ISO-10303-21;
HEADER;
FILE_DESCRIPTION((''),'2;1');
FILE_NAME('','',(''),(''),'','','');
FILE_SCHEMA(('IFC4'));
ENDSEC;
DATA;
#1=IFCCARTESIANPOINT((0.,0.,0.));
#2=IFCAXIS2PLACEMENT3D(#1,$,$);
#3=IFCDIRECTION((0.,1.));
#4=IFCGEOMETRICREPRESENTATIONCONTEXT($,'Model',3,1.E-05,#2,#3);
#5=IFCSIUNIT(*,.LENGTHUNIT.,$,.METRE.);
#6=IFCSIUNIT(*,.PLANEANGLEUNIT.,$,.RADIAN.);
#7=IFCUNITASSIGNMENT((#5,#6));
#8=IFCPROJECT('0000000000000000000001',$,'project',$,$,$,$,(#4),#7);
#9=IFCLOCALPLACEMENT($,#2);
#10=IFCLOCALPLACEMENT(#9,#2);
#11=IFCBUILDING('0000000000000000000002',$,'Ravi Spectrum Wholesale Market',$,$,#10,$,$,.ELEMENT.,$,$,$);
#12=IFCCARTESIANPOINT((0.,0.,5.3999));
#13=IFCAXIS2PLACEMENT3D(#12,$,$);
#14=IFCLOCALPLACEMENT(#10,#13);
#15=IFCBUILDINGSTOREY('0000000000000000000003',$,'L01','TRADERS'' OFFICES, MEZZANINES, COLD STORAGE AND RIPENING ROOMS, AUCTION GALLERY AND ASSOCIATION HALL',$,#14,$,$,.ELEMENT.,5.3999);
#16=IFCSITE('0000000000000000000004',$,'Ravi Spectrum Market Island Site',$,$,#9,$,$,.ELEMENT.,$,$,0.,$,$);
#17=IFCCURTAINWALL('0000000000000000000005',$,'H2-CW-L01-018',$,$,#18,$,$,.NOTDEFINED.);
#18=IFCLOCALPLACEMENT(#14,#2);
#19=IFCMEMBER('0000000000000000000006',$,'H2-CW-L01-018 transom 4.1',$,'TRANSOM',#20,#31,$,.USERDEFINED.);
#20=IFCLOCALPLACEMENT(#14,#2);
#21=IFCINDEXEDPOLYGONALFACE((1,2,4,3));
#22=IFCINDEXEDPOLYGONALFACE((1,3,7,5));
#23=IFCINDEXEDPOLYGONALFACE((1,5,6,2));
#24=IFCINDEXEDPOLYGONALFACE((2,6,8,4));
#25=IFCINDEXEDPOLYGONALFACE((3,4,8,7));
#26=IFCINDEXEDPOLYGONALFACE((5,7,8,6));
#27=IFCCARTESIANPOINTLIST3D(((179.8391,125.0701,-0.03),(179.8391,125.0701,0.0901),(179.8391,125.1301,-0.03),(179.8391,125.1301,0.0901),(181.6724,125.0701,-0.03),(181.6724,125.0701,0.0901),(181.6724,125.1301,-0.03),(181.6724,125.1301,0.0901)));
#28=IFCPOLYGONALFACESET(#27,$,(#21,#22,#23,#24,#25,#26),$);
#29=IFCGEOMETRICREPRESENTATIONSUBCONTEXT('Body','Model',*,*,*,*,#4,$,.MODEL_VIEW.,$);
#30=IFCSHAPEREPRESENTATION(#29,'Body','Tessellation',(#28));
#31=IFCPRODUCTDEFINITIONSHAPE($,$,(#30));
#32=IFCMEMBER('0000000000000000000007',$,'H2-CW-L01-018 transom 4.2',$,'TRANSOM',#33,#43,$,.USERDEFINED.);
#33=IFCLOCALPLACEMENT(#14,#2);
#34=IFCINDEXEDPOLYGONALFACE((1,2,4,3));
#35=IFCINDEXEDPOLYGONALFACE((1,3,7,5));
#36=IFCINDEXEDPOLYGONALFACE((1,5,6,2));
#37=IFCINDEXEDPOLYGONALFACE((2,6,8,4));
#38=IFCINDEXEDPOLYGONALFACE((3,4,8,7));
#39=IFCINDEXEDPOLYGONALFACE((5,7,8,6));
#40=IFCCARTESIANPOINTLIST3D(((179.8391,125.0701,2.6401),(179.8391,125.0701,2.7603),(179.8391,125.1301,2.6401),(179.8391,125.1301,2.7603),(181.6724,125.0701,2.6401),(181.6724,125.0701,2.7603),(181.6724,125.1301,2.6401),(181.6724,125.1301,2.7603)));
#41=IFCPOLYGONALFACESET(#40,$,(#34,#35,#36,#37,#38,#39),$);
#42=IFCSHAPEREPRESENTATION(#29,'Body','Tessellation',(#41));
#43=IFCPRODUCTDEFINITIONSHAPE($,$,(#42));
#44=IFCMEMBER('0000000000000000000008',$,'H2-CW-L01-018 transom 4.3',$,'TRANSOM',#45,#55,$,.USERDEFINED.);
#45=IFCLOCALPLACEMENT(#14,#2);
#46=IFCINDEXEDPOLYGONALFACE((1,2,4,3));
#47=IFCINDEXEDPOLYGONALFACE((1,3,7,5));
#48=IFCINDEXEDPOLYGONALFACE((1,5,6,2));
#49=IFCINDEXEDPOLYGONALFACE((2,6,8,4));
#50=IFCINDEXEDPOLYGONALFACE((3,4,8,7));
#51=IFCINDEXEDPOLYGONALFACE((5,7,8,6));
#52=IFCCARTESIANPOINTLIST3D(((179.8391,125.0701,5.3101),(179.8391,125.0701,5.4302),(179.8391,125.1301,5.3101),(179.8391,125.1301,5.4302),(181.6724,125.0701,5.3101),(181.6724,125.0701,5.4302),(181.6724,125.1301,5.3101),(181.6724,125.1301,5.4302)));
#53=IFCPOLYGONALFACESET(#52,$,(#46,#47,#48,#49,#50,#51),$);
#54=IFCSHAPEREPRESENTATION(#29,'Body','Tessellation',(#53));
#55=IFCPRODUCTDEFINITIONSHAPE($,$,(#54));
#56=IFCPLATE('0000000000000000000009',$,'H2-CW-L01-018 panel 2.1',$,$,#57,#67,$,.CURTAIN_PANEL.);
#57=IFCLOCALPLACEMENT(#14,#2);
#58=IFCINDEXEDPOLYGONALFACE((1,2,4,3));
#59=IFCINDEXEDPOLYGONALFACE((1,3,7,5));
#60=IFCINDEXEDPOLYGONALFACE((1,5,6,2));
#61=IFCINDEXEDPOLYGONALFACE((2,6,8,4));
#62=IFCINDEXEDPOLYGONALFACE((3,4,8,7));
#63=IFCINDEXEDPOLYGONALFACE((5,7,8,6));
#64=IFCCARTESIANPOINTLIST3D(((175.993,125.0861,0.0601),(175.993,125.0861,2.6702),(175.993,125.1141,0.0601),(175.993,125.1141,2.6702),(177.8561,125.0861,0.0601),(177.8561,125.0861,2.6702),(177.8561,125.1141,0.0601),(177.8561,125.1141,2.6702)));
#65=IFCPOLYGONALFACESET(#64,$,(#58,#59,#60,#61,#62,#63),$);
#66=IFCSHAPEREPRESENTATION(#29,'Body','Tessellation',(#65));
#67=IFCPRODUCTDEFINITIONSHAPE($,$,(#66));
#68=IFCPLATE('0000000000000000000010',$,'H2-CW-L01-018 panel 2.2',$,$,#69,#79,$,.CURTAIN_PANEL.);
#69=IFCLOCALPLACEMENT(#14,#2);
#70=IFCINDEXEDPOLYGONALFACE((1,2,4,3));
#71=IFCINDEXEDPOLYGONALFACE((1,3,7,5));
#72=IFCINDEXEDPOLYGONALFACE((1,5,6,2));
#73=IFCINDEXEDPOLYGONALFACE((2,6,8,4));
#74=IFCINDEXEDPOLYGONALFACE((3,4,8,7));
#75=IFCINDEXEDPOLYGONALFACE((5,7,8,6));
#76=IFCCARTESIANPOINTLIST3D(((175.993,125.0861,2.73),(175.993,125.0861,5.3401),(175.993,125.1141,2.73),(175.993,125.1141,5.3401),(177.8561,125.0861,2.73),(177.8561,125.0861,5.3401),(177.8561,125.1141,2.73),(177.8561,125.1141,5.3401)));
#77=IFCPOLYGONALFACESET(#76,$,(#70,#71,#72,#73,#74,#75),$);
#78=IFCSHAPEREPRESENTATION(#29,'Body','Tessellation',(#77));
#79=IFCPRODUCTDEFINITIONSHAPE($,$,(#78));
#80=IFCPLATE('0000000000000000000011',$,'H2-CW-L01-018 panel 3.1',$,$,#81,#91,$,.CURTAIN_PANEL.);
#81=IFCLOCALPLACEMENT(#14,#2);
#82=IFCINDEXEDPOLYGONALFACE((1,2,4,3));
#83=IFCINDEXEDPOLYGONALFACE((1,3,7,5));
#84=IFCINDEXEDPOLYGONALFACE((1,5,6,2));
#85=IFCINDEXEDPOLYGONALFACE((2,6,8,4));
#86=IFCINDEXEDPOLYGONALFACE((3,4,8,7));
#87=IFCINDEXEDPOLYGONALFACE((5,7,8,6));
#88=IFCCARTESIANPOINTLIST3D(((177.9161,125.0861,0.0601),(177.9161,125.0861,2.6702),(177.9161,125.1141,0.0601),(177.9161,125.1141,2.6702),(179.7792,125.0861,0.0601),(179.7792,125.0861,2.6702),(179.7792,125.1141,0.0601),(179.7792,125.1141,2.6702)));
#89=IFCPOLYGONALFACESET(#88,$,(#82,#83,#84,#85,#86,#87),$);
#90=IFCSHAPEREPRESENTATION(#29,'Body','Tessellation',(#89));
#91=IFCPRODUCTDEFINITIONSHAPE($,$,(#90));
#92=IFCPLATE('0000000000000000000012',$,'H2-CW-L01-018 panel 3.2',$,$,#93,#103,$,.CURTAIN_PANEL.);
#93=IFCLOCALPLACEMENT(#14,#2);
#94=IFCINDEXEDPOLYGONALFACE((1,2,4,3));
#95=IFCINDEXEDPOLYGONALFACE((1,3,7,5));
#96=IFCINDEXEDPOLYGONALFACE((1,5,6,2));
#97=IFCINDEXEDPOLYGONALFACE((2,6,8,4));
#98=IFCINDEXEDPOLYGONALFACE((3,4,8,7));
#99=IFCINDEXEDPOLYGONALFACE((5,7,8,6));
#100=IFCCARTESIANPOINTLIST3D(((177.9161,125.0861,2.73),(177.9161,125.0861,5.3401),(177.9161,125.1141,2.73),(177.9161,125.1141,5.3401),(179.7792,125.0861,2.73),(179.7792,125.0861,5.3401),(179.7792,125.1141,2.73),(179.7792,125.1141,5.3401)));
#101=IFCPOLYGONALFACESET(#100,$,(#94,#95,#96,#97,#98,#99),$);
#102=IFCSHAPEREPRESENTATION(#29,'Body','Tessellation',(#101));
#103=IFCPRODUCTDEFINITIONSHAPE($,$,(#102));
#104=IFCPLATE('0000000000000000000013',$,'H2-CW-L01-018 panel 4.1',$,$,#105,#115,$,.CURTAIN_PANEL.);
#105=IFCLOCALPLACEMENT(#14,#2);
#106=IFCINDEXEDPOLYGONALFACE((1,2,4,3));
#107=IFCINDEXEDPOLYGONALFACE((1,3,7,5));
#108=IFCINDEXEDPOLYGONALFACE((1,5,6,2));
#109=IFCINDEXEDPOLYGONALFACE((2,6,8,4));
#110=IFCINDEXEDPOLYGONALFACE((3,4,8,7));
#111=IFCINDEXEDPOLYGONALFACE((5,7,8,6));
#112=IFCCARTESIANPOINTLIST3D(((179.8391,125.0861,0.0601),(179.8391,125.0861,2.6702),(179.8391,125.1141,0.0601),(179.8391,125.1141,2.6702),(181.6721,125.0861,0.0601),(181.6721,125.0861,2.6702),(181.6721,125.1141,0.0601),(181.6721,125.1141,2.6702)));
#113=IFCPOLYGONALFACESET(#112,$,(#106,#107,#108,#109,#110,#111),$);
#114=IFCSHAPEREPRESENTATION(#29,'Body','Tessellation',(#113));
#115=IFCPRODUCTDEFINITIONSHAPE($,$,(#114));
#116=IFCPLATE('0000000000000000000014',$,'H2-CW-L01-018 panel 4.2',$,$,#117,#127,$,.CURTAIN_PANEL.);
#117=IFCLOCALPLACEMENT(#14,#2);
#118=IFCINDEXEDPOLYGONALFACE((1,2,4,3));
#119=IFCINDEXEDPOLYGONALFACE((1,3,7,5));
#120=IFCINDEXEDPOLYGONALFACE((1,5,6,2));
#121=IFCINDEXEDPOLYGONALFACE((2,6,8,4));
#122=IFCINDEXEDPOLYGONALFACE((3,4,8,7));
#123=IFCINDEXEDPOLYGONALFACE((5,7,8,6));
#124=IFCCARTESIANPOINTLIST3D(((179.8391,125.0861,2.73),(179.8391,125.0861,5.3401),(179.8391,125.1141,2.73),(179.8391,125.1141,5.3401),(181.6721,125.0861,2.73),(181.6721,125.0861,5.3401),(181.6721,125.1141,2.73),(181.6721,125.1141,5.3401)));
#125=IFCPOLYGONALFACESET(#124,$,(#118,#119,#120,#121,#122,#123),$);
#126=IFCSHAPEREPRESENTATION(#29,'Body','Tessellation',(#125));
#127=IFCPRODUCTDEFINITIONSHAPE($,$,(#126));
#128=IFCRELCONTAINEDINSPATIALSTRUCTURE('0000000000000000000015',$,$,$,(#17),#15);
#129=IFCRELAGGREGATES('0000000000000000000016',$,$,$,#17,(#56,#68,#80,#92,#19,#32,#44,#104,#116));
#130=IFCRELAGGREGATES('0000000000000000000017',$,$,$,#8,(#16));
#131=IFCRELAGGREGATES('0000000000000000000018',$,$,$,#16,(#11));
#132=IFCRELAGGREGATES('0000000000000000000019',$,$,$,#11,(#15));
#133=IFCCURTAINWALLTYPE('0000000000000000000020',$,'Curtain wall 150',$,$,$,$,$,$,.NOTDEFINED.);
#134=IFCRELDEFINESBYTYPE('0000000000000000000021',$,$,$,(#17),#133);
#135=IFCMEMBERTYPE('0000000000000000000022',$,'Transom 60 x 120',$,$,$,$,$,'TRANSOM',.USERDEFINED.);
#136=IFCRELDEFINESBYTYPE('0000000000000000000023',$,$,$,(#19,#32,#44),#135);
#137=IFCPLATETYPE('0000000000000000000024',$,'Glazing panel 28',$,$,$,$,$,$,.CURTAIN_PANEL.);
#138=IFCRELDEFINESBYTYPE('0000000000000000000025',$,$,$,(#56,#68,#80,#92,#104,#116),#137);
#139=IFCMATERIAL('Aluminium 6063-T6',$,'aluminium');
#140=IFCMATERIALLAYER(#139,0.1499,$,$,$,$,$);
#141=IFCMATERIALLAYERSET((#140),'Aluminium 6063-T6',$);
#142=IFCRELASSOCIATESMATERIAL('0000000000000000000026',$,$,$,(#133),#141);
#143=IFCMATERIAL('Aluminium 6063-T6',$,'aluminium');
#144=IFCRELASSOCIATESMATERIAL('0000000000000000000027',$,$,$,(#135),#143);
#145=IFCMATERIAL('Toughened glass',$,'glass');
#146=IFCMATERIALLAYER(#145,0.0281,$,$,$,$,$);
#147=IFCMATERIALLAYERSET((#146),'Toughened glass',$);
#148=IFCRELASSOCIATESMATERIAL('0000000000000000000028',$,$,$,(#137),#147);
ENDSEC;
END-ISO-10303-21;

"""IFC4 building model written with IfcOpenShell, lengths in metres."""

from ifc_helpers import new_model, si_unit, direction, frame, origin, origin_2d, place, context, subcontext, project, spatial, rectangle, extrude, material, layer, layer_set, material_profile, profile_set, type_object, element, aggregate, save


model = new_model("IFC4")

# Units and contexts
model_context = context("Model", 3, precision=1e-05, world=origin(), true_north=direction((0.0, 1.0)))
body_context = subcontext(model_context, "Body", "Model", "MODEL_VIEW")
ifc_project = project(units=[si_unit("LENGTHUNIT", "METRE"), si_unit("PLANEANGLEUNIT", "RADIAN")], contexts=[model_context])

# Site, building, storey
site_placement = place(None, origin())
site = spatial("IfcSite", under=ifc_project, at=site_placement, Name="Ravi Spectrum Market Island Site", CompositionType="ELEMENT", RefElevation=0.0)
building_placement = place(site_placement, origin())
building = spatial("IfcBuilding", under=site, at=building_placement, Name="Ravi Spectrum Wholesale Market", CompositionType="ELEMENT")
storey_placement = place(building_placement, frame((0.0, 0.0, 5.3999)))
storey = spatial("IfcBuildingStorey", under=building, at=storey_placement, Name="L01", Description="TRADERS' OFFICES, MEZZANINES, COLD STORAGE AND RIPENING ROOMS, AUCTION GALLERY AND ASSOCIATION HALL", CompositionType="ELEMENT", Elevation=5.3999)

# Curtain wall
ifc_material_1 = material(Name="Aluminium 6063-T6", Category="aluminium")
ifc_layer_1 = layer(ifc_material_1, 0.1499)
ifc_layer_set_1 = layer_set([ifc_layer_1], Name="Aluminium 6063-T6")
curtain_wall_type = type_object("IfcCurtainWallType", Name="Curtain wall 150", PredefinedType="NOTDEFINED", material=ifc_layer_set_1)
curtain_wall_1_placement = place(storey_placement, origin())
curtain_wall_1 = element("IfcCurtainWall", 1, at=curtain_wall_1_placement, inside=storey, type_object=curtain_wall_type, Name="H2-CW-L01-018", PredefinedType="NOTDEFINED")

# Members
ifc_material_2 = material(Name="Aluminium 6063-T6", Category="aluminium")
ifc_material_profile_1 = material_profile(ifc_material_2, rectangle(XDim=0.0601, YDim=0.1201, at=origin_2d()))
ifc_profile_set_1 = profile_set([ifc_material_profile_1], Name="Aluminium 6063-T6")
member_type_1 = type_object("IfcMemberType", Name="Transom 60 x 120", ElementType="TRANSOM", PredefinedType="USERDEFINED", material=ifc_profile_set_1)
member_1_placement = place(storey_placement, frame((179.8391, 125.1001, 0.03), z_axis=(1.0, 0.0, 0.0), x_axis=(0.0, 1.0, 0.0)))
member_1 = element("IfcMember", 2, at=member_1_placement, type_object=member_type_1, Name="H2-CW-L01-018 transom 4.1", ObjectType="TRANSOM", PredefinedType="USERDEFINED", context=body_context, shape_type="SweptSolid", body=[
    extrude(rectangle(XDim=0.0601, YDim=0.1201, at=origin_2d()), origin(), (0.0, 0.0, 1.0), 1.8333),
])
member_2_placement = place(storey_placement, frame((179.8391, 125.1001, 2.7002), z_axis=(1.0, 0.0, 0.0), x_axis=(0.0, 1.0, 0.0)))
member_2 = element("IfcMember", 3, at=member_2_placement, type_object=member_type_1, Name="H2-CW-L01-018 transom 4.2", ObjectType="TRANSOM", PredefinedType="USERDEFINED", context=body_context, shape_type="SweptSolid", body=[
    extrude(rectangle(XDim=0.0601, YDim=0.1201, at=origin_2d()), origin(), (0.0, 0.0, 1.0), 1.8333),
])
member_3_placement = place(storey_placement, frame((179.8391, 125.1001, 5.3701), z_axis=(1.0, 0.0, 0.0), x_axis=(0.0, 1.0, 0.0)))
member_3 = element("IfcMember", 4, at=member_3_placement, type_object=member_type_1, Name="H2-CW-L01-018 transom 4.3", ObjectType="TRANSOM", PredefinedType="USERDEFINED", context=body_context, shape_type="SweptSolid", body=[
    extrude(rectangle(XDim=0.0601, YDim=0.1201, at=origin_2d()), origin(), (0.0, 0.0, 1.0), 1.8333),
])

# Plates
ifc_material_3 = material(Name="Toughened glass", Category="glass")
ifc_layer_2 = layer(ifc_material_3, 0.0281)
ifc_layer_set_2 = layer_set([ifc_layer_2], Name="Toughened glass")
plate_type = type_object("IfcPlateType", Name="Glazing panel 28", PredefinedType="CURTAIN_PANEL", material=ifc_layer_set_2)
plate_1_placement = place(storey_placement, frame((176.9246, 125.1001, 0.0601), z_axis=(0.0, 0.0, 1.0), x_axis=(1.0, 0.0, 0.0)))
plate_1 = element("IfcPlate", 5, at=plate_1_placement, type_object=plate_type, Name="H2-CW-L01-018 panel 2.1", PredefinedType="CURTAIN_PANEL", context=body_context, shape_type="SweptSolid", body=[
    extrude(rectangle(XDim=1.863, YDim=0.0281, at=origin_2d()), origin(), (0.0, 0.0, 1.0), 2.6101),
])
plate_2_placement = place(storey_placement, frame((176.9246, 125.1001, 2.73), z_axis=(0.0, 0.0, 1.0), x_axis=(1.0, 0.0, 0.0)))
plate_2 = element("IfcPlate", 6, at=plate_2_placement, type_object=plate_type, Name="H2-CW-L01-018 panel 2.2", PredefinedType="CURTAIN_PANEL", context=body_context, shape_type="SweptSolid", body=[
    extrude(rectangle(XDim=1.863, YDim=0.0281, at=origin_2d()), origin(), (0.0, 0.0, 1.0), 2.6101),
])
plate_3_placement = place(storey_placement, frame((178.8477, 125.1001, 0.0601), z_axis=(0.0, 0.0, 1.0), x_axis=(1.0, 0.0, 0.0)))
plate_3 = element("IfcPlate", 7, at=plate_3_placement, type_object=plate_type, Name="H2-CW-L01-018 panel 3.1", PredefinedType="CURTAIN_PANEL", context=body_context, shape_type="SweptSolid", body=[
    extrude(rectangle(XDim=1.863, YDim=0.0281, at=origin_2d()), origin(), (0.0, 0.0, 1.0), 2.6101),
])
plate_4_placement = place(storey_placement, frame((178.8477, 125.1001, 2.73), z_axis=(0.0, 0.0, 1.0), x_axis=(1.0, 0.0, 0.0)))
plate_4 = element("IfcPlate", 8, at=plate_4_placement, type_object=plate_type, Name="H2-CW-L01-018 panel 3.2", PredefinedType="CURTAIN_PANEL", context=body_context, shape_type="SweptSolid", body=[
    extrude(rectangle(XDim=1.863, YDim=0.0281, at=origin_2d()), origin(), (0.0, 0.0, 1.0), 2.6101),
])
plate_5_placement = place(storey_placement, frame((180.7556, 125.1001, 0.0601), z_axis=(0.0, 0.0, 1.0), x_axis=(1.0, 0.0, 0.0)))
plate_5 = element("IfcPlate", 9, at=plate_5_placement, type_object=plate_type, Name="H2-CW-L01-018 panel 4.1", PredefinedType="CURTAIN_PANEL", context=body_context, shape_type="SweptSolid", body=[
    extrude(rectangle(XDim=1.833, YDim=0.0281, at=origin_2d()), origin(), (0.0, 0.0, 1.0), 2.6101),
])
plate_6_placement = place(storey_placement, frame((180.7556, 125.1001, 2.73), z_axis=(0.0, 0.0, 1.0), x_axis=(1.0, 0.0, 0.0)))
plate_6 = element("IfcPlate", 10, at=plate_6_placement, type_object=plate_type, Name="H2-CW-L01-018 panel 4.2", PredefinedType="CURTAIN_PANEL", context=body_context, shape_type="SweptSolid", body=[
    extrude(rectangle(XDim=1.833, YDim=0.0281, at=origin_2d()), origin(), (0.0, 0.0, 1.0), 2.6101),
])
aggregate(curtain_wall_1, [plate_1, plate_2, plate_3, plate_4, member_1, member_2, member_3, plate_5, plate_6])

save(model, "model.ifc")
